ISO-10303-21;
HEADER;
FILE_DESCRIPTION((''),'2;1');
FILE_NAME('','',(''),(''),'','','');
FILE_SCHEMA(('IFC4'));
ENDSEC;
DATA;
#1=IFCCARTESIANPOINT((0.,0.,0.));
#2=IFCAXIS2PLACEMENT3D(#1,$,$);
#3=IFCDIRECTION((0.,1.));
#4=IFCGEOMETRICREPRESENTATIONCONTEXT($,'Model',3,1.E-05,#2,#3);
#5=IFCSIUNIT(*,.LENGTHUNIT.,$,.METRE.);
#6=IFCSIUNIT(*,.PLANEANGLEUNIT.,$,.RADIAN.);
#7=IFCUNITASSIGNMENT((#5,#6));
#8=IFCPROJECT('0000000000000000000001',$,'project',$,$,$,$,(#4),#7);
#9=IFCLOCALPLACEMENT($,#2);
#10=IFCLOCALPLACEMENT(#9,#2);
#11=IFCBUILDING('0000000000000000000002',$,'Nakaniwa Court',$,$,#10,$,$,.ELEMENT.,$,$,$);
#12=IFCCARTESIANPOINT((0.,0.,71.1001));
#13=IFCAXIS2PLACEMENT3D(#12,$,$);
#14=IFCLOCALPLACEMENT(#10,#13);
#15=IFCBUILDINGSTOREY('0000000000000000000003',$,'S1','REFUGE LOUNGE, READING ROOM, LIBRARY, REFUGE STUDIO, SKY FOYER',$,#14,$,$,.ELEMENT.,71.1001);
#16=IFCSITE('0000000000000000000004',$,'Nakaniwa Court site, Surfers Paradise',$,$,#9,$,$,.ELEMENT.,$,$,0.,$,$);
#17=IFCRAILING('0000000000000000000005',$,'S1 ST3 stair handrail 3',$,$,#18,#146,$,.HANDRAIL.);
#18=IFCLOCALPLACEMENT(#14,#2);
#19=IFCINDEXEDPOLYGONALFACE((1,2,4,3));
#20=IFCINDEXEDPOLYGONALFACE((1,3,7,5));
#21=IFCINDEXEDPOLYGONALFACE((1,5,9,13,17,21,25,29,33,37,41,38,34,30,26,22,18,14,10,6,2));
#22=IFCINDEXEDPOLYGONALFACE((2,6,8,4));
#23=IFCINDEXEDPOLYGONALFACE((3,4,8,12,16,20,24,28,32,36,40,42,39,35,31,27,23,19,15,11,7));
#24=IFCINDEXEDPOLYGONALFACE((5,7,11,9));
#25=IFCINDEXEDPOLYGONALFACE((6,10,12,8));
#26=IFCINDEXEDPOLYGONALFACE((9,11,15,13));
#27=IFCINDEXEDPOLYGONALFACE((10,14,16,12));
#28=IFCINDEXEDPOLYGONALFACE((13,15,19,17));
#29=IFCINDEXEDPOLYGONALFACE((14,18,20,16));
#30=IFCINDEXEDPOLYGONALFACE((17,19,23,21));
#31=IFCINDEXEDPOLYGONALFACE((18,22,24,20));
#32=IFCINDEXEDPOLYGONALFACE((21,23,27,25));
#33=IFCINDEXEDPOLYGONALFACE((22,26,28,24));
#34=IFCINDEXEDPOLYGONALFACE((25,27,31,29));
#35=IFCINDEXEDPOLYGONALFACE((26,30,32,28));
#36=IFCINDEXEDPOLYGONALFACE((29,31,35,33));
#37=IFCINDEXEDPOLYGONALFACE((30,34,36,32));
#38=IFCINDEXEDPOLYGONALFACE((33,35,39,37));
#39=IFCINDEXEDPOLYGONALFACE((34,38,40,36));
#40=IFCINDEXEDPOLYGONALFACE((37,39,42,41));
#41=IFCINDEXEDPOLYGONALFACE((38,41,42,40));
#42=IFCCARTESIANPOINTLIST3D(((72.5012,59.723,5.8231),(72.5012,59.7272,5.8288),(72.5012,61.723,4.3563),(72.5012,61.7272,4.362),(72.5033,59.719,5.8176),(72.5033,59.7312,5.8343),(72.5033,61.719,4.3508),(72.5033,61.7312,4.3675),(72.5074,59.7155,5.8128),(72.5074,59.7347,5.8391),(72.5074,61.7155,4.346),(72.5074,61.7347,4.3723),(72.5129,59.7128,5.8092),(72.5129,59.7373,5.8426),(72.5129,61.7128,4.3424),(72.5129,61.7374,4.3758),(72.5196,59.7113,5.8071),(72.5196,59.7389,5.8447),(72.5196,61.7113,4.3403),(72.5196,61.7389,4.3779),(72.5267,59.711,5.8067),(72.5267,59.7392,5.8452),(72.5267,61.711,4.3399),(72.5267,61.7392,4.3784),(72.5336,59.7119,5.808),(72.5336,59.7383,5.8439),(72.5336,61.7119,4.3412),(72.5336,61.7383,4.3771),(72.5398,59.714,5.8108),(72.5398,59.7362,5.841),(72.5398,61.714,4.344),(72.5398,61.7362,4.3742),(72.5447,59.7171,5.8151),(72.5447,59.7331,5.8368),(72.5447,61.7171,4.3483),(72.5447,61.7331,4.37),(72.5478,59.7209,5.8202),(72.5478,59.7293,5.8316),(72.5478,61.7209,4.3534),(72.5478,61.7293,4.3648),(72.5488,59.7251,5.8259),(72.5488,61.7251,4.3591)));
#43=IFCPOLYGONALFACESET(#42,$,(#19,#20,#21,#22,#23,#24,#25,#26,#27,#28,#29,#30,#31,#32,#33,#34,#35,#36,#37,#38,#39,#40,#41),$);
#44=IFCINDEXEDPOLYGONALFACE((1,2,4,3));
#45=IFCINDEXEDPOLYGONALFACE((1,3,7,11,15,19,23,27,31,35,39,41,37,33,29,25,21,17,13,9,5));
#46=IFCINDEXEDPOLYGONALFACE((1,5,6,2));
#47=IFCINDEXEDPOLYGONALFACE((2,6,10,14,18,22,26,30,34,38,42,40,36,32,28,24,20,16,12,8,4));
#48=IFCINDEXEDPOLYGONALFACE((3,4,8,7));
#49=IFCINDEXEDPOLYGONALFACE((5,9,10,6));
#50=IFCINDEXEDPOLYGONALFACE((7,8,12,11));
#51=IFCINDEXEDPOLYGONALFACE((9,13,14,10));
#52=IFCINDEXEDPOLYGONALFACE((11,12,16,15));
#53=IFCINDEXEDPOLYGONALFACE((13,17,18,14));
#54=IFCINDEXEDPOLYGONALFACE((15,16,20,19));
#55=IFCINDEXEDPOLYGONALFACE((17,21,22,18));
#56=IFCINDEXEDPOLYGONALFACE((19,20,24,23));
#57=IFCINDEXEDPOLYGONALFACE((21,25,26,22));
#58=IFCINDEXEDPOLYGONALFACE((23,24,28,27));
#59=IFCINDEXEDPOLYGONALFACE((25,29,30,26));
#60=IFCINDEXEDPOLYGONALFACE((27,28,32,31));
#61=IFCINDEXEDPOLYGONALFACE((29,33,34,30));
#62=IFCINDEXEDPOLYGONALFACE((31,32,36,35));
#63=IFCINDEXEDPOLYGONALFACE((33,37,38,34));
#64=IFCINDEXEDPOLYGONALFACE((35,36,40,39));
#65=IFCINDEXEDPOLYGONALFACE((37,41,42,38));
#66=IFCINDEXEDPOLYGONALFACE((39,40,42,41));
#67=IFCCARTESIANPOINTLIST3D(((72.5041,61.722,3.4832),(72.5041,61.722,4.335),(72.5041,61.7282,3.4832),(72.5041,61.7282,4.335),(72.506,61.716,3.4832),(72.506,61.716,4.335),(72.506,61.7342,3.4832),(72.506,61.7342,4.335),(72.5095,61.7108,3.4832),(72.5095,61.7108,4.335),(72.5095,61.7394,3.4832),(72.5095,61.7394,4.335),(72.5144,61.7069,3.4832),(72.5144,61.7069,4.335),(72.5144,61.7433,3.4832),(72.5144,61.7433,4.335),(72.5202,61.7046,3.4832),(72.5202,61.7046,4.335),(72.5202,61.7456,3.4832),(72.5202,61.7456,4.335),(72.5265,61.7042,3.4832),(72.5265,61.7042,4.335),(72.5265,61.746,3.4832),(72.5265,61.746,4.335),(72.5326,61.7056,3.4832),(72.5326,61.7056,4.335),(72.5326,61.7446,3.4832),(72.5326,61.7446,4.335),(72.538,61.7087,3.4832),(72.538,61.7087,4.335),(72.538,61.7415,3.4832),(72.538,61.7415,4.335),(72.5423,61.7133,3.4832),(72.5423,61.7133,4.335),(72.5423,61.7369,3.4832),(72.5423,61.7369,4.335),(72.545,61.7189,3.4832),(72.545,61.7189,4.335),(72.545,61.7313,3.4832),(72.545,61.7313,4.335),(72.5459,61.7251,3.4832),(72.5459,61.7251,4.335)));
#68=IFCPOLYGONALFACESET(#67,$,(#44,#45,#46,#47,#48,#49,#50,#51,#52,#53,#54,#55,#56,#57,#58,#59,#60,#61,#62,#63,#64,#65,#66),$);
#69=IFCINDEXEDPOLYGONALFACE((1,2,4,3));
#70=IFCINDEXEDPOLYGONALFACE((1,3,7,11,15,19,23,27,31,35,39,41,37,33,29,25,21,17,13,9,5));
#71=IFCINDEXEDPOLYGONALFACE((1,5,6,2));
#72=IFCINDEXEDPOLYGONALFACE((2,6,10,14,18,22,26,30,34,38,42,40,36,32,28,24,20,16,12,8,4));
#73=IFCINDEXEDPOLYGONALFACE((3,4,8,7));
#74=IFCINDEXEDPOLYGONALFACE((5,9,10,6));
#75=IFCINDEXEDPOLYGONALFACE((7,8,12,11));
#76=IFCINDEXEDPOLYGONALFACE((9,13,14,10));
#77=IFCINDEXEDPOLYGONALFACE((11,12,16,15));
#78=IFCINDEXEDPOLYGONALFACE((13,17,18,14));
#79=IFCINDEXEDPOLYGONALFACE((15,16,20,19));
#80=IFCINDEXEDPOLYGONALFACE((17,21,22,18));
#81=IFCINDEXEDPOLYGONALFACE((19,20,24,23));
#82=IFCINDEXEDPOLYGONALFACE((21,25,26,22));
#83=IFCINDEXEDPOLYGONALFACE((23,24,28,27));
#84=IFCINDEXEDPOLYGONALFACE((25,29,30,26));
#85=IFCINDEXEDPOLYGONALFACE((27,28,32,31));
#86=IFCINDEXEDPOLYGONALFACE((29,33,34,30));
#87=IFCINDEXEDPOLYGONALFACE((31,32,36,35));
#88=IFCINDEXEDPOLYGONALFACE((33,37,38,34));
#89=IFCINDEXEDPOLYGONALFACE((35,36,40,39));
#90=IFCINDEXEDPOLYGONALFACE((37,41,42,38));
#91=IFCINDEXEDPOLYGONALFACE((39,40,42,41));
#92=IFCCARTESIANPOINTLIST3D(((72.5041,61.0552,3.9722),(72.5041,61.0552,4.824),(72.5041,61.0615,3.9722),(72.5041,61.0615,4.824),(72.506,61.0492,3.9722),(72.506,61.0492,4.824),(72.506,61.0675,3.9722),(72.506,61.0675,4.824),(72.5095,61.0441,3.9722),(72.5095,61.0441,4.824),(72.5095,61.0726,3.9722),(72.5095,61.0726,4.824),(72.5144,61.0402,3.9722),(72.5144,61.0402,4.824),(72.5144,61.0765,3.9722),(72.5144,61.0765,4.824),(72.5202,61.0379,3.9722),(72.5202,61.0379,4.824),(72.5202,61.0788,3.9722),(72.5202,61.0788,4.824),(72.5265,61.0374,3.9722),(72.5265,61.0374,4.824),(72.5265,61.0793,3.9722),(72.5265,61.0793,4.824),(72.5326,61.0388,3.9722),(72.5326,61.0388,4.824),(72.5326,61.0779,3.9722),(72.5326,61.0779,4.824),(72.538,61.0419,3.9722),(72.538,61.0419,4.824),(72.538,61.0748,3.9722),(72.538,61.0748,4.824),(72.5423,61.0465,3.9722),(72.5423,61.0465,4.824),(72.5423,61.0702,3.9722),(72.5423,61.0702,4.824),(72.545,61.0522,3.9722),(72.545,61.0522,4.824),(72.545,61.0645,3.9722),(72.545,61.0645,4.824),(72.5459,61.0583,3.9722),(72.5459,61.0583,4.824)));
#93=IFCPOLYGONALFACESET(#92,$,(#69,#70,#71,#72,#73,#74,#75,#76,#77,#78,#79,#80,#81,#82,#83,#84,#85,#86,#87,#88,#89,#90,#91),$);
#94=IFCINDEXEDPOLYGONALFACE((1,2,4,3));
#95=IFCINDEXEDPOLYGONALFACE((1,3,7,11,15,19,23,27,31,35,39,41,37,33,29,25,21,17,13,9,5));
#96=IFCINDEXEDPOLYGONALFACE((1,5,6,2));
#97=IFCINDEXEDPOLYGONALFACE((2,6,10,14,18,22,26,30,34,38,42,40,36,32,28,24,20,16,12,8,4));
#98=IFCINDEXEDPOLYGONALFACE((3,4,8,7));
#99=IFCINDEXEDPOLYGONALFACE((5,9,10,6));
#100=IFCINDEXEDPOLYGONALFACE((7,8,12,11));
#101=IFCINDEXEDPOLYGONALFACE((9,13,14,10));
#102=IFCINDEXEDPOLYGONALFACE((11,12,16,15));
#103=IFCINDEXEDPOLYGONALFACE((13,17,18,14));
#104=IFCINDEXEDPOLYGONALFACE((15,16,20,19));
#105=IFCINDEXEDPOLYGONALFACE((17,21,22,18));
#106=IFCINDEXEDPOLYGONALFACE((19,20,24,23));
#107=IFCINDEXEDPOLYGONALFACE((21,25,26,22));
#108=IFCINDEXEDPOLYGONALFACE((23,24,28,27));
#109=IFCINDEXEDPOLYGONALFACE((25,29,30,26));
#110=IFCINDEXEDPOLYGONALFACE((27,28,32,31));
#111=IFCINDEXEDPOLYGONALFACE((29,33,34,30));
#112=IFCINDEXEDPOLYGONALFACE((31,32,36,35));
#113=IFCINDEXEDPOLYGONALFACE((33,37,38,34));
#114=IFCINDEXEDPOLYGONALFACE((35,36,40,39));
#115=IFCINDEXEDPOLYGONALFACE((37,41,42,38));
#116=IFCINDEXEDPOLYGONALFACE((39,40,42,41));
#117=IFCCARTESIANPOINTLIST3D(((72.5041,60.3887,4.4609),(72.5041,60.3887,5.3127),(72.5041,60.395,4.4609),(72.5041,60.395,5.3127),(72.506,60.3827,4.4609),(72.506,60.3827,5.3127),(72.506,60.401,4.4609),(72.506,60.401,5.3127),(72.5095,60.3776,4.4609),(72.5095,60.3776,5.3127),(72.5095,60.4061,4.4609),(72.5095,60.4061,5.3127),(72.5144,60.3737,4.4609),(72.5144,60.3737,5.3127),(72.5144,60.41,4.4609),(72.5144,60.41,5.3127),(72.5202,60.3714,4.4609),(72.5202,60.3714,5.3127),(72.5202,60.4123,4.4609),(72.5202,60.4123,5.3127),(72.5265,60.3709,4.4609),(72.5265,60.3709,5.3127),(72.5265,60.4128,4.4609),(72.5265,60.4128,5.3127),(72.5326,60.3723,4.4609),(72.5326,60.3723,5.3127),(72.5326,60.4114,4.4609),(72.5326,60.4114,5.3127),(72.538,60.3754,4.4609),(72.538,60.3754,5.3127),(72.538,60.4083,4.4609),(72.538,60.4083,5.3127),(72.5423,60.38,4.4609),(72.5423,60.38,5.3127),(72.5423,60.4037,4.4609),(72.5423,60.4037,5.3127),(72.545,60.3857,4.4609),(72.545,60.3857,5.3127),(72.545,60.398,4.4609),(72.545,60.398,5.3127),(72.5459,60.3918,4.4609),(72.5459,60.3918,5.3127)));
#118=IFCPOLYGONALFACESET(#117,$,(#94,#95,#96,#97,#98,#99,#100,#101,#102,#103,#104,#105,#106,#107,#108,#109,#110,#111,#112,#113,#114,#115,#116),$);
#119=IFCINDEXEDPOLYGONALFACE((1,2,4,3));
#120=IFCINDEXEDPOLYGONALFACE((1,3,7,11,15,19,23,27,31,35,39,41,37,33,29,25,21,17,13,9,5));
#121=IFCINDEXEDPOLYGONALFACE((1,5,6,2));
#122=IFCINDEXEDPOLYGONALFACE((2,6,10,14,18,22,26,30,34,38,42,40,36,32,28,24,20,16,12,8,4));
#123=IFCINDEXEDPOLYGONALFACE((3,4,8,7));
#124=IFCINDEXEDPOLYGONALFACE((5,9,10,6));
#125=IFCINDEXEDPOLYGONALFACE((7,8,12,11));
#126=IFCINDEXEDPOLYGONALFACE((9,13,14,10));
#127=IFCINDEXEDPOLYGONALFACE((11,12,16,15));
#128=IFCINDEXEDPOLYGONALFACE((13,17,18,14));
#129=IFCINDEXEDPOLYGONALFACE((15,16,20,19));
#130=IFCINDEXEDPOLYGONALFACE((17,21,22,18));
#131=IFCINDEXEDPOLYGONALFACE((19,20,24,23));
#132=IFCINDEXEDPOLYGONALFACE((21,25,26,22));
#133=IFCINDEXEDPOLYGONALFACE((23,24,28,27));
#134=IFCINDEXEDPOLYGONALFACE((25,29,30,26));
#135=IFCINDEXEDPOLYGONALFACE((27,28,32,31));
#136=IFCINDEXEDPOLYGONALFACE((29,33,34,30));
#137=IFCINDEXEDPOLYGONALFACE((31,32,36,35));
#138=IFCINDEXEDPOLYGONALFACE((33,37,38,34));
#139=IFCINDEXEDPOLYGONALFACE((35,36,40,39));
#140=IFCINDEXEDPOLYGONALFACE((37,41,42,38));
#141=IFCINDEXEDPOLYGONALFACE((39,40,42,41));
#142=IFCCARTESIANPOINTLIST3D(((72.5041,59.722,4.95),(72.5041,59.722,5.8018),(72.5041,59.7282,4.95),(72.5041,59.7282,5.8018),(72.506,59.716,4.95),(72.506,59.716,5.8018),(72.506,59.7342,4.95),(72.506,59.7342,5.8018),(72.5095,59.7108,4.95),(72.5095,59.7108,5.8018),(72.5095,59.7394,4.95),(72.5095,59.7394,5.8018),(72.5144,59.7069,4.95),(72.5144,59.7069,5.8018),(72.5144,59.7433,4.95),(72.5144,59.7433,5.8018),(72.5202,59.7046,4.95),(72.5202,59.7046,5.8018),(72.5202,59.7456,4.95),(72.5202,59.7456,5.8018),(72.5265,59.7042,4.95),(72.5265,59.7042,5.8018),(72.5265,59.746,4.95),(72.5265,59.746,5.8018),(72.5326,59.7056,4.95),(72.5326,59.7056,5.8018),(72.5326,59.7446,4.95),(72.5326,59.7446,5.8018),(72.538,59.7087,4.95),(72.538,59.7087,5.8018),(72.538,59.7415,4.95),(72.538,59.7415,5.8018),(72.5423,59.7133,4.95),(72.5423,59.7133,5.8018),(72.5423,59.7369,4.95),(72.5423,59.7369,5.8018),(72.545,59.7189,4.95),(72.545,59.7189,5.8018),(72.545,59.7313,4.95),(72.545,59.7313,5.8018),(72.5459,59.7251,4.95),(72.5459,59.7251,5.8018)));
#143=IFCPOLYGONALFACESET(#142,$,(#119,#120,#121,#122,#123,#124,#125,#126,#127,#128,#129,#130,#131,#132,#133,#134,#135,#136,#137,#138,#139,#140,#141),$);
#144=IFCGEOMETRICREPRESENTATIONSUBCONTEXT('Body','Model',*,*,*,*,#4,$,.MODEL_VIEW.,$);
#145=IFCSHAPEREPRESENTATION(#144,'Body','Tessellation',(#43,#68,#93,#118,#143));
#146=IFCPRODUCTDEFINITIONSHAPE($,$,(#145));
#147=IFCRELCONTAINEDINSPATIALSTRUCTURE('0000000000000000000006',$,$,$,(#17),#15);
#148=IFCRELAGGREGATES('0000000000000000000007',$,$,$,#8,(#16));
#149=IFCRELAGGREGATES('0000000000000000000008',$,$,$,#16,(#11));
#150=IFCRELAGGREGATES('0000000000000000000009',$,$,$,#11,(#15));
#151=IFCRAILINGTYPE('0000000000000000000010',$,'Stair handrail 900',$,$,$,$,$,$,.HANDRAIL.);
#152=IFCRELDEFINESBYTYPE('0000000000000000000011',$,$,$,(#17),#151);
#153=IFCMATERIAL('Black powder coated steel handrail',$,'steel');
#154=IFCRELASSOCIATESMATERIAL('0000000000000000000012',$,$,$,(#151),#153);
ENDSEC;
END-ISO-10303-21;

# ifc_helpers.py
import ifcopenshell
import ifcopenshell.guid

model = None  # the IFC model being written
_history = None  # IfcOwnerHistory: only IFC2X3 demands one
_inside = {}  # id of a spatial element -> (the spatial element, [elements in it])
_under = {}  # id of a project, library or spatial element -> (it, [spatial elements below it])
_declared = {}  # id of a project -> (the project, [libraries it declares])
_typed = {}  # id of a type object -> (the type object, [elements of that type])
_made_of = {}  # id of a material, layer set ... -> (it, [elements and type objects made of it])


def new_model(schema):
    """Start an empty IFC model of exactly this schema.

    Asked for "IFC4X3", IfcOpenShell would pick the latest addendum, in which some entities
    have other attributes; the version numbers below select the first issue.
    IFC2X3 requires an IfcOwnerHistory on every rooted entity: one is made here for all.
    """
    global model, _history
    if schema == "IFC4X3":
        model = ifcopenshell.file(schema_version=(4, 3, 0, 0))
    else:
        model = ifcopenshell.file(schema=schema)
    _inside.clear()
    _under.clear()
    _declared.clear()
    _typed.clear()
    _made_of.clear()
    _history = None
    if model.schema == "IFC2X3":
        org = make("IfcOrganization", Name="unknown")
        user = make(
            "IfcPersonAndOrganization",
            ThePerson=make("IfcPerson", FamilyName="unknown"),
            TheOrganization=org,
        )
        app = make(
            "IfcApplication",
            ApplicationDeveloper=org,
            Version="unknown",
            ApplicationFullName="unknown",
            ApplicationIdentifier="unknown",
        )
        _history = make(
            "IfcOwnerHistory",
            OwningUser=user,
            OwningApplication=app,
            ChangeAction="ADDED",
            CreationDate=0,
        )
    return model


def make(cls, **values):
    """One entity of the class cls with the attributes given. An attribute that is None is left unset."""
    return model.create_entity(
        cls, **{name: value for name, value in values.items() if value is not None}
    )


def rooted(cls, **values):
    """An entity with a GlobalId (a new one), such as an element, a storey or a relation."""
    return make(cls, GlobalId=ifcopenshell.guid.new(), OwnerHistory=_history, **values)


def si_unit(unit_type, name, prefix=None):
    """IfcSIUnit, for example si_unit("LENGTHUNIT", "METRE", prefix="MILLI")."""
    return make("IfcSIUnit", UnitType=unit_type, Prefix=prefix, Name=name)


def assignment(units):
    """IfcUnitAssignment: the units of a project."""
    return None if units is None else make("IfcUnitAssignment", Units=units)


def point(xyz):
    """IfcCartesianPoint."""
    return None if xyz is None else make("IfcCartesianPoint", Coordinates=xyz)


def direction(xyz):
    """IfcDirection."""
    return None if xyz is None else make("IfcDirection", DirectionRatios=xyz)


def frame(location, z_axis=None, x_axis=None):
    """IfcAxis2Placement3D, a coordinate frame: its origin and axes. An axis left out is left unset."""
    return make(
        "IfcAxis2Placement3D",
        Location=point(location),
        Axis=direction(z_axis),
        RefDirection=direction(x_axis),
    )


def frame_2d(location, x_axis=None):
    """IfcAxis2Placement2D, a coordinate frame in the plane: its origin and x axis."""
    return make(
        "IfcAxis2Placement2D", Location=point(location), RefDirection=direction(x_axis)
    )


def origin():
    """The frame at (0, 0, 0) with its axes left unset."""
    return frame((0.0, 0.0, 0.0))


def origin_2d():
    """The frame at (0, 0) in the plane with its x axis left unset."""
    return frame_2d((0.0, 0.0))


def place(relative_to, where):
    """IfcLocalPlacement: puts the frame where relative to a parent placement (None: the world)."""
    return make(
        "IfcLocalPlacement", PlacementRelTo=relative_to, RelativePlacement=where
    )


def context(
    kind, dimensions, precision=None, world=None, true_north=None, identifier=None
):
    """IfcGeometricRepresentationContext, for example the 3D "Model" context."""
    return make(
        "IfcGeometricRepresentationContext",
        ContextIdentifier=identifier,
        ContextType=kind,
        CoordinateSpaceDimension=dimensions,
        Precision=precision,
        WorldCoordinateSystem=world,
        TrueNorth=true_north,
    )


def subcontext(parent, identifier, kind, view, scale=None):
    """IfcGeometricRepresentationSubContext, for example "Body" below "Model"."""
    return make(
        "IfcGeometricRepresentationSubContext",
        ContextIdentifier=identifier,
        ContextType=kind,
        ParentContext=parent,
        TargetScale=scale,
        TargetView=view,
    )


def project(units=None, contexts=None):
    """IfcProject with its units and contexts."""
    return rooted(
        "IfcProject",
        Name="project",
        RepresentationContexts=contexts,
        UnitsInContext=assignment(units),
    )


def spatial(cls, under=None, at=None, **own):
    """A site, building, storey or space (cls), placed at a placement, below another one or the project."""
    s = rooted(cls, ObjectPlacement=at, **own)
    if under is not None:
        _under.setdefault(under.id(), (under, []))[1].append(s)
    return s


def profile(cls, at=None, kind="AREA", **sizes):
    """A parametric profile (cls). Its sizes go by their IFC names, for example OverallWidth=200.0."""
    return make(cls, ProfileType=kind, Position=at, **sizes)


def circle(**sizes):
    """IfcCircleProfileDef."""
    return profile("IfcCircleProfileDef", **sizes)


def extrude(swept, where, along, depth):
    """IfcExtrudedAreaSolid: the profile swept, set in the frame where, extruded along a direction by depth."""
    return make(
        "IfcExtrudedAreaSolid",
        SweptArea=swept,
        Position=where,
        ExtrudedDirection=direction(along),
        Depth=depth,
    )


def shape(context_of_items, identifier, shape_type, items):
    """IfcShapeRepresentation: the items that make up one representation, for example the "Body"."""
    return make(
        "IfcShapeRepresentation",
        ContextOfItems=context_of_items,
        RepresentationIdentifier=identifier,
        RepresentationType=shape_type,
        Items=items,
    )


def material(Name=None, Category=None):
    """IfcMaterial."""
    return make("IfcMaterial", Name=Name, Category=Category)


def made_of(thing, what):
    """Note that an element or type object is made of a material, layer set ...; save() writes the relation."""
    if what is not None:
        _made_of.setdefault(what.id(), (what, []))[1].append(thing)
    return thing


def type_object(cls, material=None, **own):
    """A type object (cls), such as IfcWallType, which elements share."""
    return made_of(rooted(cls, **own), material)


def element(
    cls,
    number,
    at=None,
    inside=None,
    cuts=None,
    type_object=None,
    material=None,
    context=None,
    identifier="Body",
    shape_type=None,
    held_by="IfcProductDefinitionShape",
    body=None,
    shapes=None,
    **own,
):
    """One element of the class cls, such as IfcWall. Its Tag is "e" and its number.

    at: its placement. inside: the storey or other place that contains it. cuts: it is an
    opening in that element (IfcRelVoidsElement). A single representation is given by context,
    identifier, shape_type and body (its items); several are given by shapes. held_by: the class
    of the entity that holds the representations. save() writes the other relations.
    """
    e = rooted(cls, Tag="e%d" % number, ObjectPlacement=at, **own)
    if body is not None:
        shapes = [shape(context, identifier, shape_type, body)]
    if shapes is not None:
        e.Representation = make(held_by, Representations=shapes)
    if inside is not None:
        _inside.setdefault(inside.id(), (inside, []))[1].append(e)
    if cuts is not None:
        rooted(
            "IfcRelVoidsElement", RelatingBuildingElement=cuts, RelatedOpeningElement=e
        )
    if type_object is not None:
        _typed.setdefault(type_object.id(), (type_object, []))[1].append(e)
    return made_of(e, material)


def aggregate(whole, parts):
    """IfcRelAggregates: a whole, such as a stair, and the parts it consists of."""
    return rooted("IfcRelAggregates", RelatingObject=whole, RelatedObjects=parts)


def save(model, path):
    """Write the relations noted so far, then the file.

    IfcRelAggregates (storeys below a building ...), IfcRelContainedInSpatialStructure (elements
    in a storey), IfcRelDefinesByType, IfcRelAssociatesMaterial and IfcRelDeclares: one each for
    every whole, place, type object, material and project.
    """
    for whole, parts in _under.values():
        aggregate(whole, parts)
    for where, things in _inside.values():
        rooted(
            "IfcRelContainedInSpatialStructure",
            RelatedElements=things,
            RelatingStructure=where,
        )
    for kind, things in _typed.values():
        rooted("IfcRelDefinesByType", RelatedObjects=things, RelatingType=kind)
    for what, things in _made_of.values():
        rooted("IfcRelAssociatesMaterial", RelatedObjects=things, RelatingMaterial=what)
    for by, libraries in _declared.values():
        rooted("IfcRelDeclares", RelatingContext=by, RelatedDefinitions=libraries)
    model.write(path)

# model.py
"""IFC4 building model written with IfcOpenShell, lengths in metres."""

from ifc_helpers import new_model, si_unit, direction, frame, origin, origin_2d, place, context, subcontext, project, spatial, circle, extrude, material, type_object, element, save


model = new_model("IFC4")

# Units and contexts
model_context = context("Model", 3, precision=1e-05, world=origin(), true_north=direction((0.0, 1.0)))
body_context = subcontext(model_context, "Body", "Model", "MODEL_VIEW")
ifc_project = project(units=[si_unit("LENGTHUNIT", "METRE"), si_unit("PLANEANGLEUNIT", "RADIAN")], contexts=[model_context])

# Site, building, storey
site_placement = place(None, origin())
site = spatial("IfcSite", under=ifc_project, at=site_placement, Name="Nakaniwa Court site, Surfers Paradise", CompositionType="ELEMENT", RefElevation=0.0)
building_placement = place(site_placement, origin())
building = spatial("IfcBuilding", under=site, at=building_placement, Name="Nakaniwa Court", CompositionType="ELEMENT")
storey_placement = place(building_placement, frame((0.0, 0.0, 71.1001)))
storey = spatial("IfcBuildingStorey", under=building, at=storey_placement, Name="S1", Description="REFUGE LOUNGE, READING ROOM, LIBRARY, REFUGE STUDIO, SKY FOYER", CompositionType="ELEMENT", Elevation=71.1001)

# Railing
ifc_material_1 = material(Name="Black powder coated steel handrail", Category="steel")
railing_type_1 = type_object("IfcRailingType", Name="Stair handrail 900", PredefinedType="HANDRAIL", material=ifc_material_1)
railing_1_placement = place(storey_placement, frame((72.5249, 61.7251, 3.4832)))
element("IfcRailing", 1, at=railing_1_placement, inside=storey, type_object=railing_type_1, Name="S1 ST3 stair handrail 3", PredefinedType="HANDRAIL", context=body_context, shape_type="SweptSolid", body=[
    extrude(circle(Radius=0.0239, at=origin_2d()), frame((0.0, 0.0, 0.876), z_axis=(0.0, -0.80638, 0.591398), x_axis=(1.0, 0.0, 0.0)), (0.0, 0.0, 1.0), 2.4802),
    extrude(circle(Radius=0.021, at=origin_2d()), origin(), (0.0, 0.0, 1.0), 0.8518),
    extrude(circle(Radius=0.021, at=origin_2d()), frame((0.0, -0.6667, 0.489)), (0.0, 0.0, 1.0), 0.8518),
    extrude(circle(Radius=0.021, at=origin_2d()), frame((0.0, -1.3333, 0.9778)), (0.0, 0.0, 1.0), 0.8518),
    extrude(circle(Radius=0.021, at=origin_2d()), frame((0.0, -2.0, 1.4668)), (0.0, 0.0, 1.0), 0.8518),
])

save(model, "model.ifc")
